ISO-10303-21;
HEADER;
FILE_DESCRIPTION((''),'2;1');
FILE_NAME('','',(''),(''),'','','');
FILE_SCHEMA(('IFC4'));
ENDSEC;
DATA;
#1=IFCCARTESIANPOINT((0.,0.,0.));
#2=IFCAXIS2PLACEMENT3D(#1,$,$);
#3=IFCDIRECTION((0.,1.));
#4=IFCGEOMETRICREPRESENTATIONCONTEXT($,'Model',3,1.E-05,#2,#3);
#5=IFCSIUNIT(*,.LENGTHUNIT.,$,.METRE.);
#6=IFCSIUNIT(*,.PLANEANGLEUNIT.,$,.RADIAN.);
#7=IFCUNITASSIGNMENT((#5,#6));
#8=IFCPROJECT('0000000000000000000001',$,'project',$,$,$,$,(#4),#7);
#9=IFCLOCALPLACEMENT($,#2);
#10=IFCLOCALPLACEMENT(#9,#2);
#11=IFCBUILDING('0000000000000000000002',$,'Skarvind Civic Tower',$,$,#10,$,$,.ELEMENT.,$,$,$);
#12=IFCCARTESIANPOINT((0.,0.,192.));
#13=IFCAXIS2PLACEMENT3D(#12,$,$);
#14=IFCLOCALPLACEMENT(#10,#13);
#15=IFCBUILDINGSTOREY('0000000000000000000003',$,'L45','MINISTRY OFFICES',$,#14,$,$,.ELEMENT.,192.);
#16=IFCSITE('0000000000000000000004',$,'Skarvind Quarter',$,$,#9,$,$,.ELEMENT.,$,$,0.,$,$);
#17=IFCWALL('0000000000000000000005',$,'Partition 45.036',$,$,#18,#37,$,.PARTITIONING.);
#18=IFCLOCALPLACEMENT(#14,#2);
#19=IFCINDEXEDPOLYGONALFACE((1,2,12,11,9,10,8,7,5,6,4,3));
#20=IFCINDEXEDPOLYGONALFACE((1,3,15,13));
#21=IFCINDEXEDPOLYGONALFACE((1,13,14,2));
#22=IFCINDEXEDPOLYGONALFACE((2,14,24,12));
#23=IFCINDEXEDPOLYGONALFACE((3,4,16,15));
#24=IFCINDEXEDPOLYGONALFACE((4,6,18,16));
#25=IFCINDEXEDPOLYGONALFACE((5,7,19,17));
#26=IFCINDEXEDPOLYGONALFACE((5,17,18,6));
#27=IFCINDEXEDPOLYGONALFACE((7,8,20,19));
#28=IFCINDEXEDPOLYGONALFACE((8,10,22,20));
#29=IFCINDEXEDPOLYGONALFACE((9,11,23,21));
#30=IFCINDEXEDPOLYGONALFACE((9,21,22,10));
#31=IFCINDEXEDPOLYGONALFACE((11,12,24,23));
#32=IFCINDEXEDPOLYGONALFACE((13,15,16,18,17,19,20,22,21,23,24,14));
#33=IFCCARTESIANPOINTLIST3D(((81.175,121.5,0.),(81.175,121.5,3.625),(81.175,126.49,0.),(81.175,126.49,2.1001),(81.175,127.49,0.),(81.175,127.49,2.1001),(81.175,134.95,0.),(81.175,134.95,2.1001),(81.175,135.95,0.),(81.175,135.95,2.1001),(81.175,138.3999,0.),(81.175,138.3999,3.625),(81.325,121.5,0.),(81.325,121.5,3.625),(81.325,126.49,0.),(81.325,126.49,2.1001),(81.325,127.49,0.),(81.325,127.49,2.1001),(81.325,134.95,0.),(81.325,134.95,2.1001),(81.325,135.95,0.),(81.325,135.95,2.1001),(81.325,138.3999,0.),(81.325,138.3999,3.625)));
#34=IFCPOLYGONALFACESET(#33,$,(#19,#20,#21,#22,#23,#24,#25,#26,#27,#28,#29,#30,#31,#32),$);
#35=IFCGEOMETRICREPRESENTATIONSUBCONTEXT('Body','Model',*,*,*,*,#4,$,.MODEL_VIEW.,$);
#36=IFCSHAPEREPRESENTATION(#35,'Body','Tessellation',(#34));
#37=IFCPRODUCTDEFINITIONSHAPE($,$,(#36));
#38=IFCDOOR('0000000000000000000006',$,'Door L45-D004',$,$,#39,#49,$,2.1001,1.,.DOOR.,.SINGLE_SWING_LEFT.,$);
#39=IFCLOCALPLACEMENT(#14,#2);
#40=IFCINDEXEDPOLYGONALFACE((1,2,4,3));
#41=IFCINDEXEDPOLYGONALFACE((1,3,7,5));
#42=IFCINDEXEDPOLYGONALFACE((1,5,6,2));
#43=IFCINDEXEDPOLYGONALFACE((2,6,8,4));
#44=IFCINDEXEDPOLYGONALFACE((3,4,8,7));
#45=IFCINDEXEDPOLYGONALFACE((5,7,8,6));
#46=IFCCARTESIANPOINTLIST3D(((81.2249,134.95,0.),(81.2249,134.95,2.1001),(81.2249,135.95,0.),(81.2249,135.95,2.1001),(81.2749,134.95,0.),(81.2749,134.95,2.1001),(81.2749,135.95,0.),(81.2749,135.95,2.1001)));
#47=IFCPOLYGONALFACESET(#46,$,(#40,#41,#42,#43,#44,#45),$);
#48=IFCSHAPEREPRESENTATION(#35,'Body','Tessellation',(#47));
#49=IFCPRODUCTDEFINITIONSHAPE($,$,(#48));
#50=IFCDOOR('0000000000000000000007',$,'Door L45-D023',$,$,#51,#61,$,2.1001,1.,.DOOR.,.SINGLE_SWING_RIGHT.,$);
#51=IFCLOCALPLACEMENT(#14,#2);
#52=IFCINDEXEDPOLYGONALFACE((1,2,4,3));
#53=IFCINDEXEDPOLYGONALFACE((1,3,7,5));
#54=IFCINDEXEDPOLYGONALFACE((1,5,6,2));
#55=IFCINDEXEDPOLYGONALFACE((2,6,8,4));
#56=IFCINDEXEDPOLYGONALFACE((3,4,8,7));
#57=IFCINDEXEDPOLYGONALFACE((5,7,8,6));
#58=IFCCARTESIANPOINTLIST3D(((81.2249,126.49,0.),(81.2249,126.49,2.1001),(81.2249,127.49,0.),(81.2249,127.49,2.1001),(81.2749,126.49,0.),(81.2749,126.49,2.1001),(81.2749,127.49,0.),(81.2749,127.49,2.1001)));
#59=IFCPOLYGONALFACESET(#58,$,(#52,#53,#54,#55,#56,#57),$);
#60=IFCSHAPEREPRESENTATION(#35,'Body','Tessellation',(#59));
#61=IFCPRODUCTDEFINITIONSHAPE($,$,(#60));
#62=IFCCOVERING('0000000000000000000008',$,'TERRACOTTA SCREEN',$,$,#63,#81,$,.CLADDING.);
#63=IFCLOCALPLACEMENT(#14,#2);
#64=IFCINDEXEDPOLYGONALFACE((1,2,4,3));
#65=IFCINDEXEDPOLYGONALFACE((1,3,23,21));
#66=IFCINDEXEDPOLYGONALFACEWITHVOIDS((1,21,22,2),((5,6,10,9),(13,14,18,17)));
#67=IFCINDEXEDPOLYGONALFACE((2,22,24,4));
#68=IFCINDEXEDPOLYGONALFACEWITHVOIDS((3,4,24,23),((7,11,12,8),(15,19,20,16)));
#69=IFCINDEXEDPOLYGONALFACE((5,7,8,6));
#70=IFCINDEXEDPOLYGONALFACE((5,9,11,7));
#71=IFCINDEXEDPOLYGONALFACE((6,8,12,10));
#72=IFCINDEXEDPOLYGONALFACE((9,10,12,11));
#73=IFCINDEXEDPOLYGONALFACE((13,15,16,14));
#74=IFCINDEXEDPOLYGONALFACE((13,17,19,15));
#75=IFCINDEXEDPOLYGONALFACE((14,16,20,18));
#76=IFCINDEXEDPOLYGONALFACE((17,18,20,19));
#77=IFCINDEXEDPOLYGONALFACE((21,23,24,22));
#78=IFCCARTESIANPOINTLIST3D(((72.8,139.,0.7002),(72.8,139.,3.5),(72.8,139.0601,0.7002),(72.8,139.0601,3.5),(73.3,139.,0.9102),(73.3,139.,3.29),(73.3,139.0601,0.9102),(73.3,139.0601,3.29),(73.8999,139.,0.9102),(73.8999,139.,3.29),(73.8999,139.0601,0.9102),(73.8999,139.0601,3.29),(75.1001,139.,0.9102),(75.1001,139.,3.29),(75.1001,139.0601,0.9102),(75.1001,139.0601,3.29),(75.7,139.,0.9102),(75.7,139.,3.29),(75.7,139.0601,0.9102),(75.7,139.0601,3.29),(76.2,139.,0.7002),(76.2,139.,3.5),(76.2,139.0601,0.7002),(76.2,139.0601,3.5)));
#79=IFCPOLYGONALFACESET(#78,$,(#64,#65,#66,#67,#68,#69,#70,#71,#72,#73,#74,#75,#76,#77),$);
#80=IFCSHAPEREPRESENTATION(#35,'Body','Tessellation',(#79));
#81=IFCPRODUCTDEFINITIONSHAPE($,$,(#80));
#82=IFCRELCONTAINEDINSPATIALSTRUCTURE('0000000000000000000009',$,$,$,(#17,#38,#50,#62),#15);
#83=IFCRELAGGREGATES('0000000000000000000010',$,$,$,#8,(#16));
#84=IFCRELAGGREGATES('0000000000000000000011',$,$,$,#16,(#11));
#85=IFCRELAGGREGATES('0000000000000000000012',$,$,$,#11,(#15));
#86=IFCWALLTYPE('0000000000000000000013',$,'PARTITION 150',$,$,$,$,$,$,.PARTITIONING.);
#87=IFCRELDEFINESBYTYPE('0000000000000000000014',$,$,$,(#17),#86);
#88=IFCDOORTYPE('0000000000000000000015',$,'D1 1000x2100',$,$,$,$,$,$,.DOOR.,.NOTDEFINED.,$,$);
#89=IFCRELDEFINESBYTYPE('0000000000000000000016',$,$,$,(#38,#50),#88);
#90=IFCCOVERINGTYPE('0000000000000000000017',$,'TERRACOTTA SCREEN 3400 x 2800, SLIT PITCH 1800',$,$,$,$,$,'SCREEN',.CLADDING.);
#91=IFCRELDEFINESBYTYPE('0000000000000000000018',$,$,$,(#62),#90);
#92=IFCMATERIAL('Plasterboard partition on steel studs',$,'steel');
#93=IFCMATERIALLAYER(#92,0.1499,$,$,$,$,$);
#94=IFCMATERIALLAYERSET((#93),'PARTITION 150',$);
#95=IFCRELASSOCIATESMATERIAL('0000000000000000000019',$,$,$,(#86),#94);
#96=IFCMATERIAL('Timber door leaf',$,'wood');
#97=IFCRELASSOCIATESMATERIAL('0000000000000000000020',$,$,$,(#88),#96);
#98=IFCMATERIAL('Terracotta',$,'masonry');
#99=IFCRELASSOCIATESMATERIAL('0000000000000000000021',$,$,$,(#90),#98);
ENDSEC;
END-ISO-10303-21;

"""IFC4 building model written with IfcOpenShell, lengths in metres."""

from ifc_helpers import new_model, si_unit, direction, frame, frame_2d, origin, place, context, subcontext, project, spatial, polyline, rectangle, outline, extrude, material, layer, layer_set, material_profile, profile_set, type_object, element, fill, save


model = new_model("IFC4")

# Units and contexts
model_context = context("Model", 3, precision=1e-05, world=origin(), true_north=direction((0.0, 1.0)))
body_context = subcontext(model_context, "Body", "Model", "MODEL_VIEW")
ifc_project = project(units=[si_unit("LENGTHUNIT", "METRE"), si_unit("PLANEANGLEUNIT", "RADIAN")], contexts=[model_context])

# Site, building, storey
site_placement = place(None, origin())
site = spatial("IfcSite", under=ifc_project, at=site_placement, Name="Skarvind Quarter", CompositionType="ELEMENT", RefElevation=0.0)
building_placement = place(site_placement, origin())
building = spatial("IfcBuilding", under=site, at=building_placement, Name="Skarvind Civic Tower", CompositionType="ELEMENT")
storey_placement = place(building_placement, frame((0.0, 0.0, 192.0)))
storey = spatial("IfcBuildingStorey", under=building, at=storey_placement, Name="L45", Description="MINISTRY OFFICES", CompositionType="ELEMENT", Elevation=192.0)

# Shared definitions
ifc_material_1 = material(Name="Plasterboard partition on steel studs", Category="steel")
ifc_layer_1 = layer(ifc_material_1, 0.1499)
ifc_layer_set_1 = layer_set([ifc_layer_1], Name="PARTITION 150")
wall_type_1 = type_object("IfcWallType", Name="PARTITION 150", PredefinedType="PARTITIONING", material=ifc_layer_set_1)

# Shared definitions
ifc_material_2 = material(Name="Timber door leaf", Category="wood")
door_type = type_object("IfcDoorType", Name="D1 1000x2100", OperationType="NOTDEFINED", PredefinedType="DOOR", material=ifc_material_2)

# Wall, openings, doors
wall_1_placement = place(storey_placement, frame((81.25, 138.3999, 0.0), z_axis=(0.0, 0.0, 1.0), x_axis=(0.0, -1.0, 0.0)))
wall_1 = element("IfcWall", 1, at=wall_1_placement, inside=storey, type_object=wall_type_1, Name="Partition 45.036", PredefinedType="PARTITIONING", context=body_context, shape_type="SweptSolid", body=[
    extrude(rectangle(XDim=16.8999, YDim=0.1499, at=frame_2d((8.45, 0.0))), origin(), (0.0, 0.0, 1.0), 3.625),
])
opening_1_placement = place(wall_1_placement, frame((2.45, 0.0, 0.0)))
opening_1 = element("IfcOpeningElement", 2, at=opening_1_placement, cuts=wall_1, PredefinedType="OPENING", context=body_context, shape_type="SweptSolid", body=[
    extrude(rectangle(XDim=1.0, YDim=2.1001, at=frame_2d((0.5, 1.05))), frame((0.0, 0.085, 0.0), z_axis=(0.0, -1.0, 0.0), x_axis=(1.0, 0.0, 0.0)), (0.0, 0.0, 1.0), 0.1699),
])
opening_2_placement = place(wall_1_placement, frame((10.9099, 0.0, 0.0)))
opening_2 = element("IfcOpeningElement", 3, at=opening_2_placement, cuts=wall_1, PredefinedType="OPENING", context=body_context, shape_type="SweptSolid", body=[
    extrude(rectangle(XDim=1.0, YDim=2.1001, at=frame_2d((0.5, 1.05))), frame((0.0, 0.085, 0.0), z_axis=(0.0, -1.0, 0.0), x_axis=(1.0, 0.0, 0.0)), (0.0, 0.0, 1.0), 0.1699),
])
door_1_placement = place(opening_1_placement, origin())
door_1 = element("IfcDoor", 4, at=door_1_placement, inside=storey, type_object=door_type, Name="Door L45-D004", OperationType="SINGLE_SWING_LEFT", OverallHeight=2.1001, OverallWidth=1.0, PredefinedType="DOOR", context=body_context, shape_type="SweptSolid", body=[
    extrude(rectangle(XDim=1.0, YDim=2.1001, at=frame_2d((0.5, 1.05))), frame((0.0, 0.0249, 0.0), z_axis=(0.0, -1.0, 0.0), x_axis=(1.0, 0.0, 0.0)), (0.0, 0.0, 1.0), 0.05),
])
fill(opening_1, door_1)
door_2_placement = place(opening_2_placement, origin())
door_2 = element("IfcDoor", 5, at=door_2_placement, inside=storey, type_object=door_type, Name="Door L45-D023", OperationType="SINGLE_SWING_RIGHT", OverallHeight=2.1001, OverallWidth=1.0, PredefinedType="DOOR", context=body_context, shape_type="SweptSolid", body=[
    extrude(rectangle(XDim=1.0, YDim=2.1001, at=frame_2d((0.5, 1.05))), frame((0.0, 0.0249, 0.0), z_axis=(0.0, -1.0, 0.0), x_axis=(1.0, 0.0, 0.0)), (0.0, 0.0, 1.0), 0.05),
])
fill(opening_2, door_2)

# Covering
ifc_material_3 = material(Name="Terracotta", Category="masonry")
ifc_material_profile_1 = material_profile(ifc_material_3, outline(polyline([(-1.7, -1.3999), (1.7, -1.3999), (1.7, 1.3999), (-1.7, 1.3999), (-1.7, -1.3999)]), holes=[polyline([(-1.2, -1.1899), (-0.6001, -1.1899), (-0.6001, 1.1899), (-1.2, 1.1899), (-1.2, -1.1899)]), polyline([(0.6001, -1.1899), (1.2, -1.1899), (1.2, 1.1899), (0.6001, 1.1899), (0.6001, -1.1899)])]), Name="TERRACOTTA SCREEN 3400 x 2800, SLIT PITCH 1800")
ifc_profile_set_1 = profile_set([ifc_material_profile_1], Name="Terracotta")
covering_type = type_object("IfcCoveringType", Name="TERRACOTTA SCREEN 3400 x 2800, SLIT PITCH 1800", ElementType="SCREEN", PredefinedType="CLADDING", material=ifc_profile_set_1)
covering_placement = place(storey_placement, frame((74.5, 139.0, 2.1001), z_axis=(0.0, 1.0, 0.0), x_axis=(-1.0, 0.0, 0.0)))
element("IfcCovering", 6, at=covering_placement, inside=storey, type_object=covering_type, Name="TERRACOTTA SCREEN", PredefinedType="CLADDING", context=body_context, shape_type="SweptSolid", body=[
    extrude(outline(polyline([(-1.7, -1.3999), (1.7, -1.3999), (1.7, 1.3999), (-1.7, 1.3999), (-1.7, -1.3999)]), holes=[polyline([(-1.2, -1.1899), (-0.6001, -1.1899), (-0.6001, 1.1899), (-1.2, 1.1899), (-1.2, -1.1899)]), polyline([(0.6001, -1.1899), (1.2, -1.1899), (1.2, 1.1899), (0.6001, 1.1899), (0.6001, -1.1899)])]), origin(), (0.0, 0.0, 1.0), 0.0601),
])

save(model, "model.ifc")
